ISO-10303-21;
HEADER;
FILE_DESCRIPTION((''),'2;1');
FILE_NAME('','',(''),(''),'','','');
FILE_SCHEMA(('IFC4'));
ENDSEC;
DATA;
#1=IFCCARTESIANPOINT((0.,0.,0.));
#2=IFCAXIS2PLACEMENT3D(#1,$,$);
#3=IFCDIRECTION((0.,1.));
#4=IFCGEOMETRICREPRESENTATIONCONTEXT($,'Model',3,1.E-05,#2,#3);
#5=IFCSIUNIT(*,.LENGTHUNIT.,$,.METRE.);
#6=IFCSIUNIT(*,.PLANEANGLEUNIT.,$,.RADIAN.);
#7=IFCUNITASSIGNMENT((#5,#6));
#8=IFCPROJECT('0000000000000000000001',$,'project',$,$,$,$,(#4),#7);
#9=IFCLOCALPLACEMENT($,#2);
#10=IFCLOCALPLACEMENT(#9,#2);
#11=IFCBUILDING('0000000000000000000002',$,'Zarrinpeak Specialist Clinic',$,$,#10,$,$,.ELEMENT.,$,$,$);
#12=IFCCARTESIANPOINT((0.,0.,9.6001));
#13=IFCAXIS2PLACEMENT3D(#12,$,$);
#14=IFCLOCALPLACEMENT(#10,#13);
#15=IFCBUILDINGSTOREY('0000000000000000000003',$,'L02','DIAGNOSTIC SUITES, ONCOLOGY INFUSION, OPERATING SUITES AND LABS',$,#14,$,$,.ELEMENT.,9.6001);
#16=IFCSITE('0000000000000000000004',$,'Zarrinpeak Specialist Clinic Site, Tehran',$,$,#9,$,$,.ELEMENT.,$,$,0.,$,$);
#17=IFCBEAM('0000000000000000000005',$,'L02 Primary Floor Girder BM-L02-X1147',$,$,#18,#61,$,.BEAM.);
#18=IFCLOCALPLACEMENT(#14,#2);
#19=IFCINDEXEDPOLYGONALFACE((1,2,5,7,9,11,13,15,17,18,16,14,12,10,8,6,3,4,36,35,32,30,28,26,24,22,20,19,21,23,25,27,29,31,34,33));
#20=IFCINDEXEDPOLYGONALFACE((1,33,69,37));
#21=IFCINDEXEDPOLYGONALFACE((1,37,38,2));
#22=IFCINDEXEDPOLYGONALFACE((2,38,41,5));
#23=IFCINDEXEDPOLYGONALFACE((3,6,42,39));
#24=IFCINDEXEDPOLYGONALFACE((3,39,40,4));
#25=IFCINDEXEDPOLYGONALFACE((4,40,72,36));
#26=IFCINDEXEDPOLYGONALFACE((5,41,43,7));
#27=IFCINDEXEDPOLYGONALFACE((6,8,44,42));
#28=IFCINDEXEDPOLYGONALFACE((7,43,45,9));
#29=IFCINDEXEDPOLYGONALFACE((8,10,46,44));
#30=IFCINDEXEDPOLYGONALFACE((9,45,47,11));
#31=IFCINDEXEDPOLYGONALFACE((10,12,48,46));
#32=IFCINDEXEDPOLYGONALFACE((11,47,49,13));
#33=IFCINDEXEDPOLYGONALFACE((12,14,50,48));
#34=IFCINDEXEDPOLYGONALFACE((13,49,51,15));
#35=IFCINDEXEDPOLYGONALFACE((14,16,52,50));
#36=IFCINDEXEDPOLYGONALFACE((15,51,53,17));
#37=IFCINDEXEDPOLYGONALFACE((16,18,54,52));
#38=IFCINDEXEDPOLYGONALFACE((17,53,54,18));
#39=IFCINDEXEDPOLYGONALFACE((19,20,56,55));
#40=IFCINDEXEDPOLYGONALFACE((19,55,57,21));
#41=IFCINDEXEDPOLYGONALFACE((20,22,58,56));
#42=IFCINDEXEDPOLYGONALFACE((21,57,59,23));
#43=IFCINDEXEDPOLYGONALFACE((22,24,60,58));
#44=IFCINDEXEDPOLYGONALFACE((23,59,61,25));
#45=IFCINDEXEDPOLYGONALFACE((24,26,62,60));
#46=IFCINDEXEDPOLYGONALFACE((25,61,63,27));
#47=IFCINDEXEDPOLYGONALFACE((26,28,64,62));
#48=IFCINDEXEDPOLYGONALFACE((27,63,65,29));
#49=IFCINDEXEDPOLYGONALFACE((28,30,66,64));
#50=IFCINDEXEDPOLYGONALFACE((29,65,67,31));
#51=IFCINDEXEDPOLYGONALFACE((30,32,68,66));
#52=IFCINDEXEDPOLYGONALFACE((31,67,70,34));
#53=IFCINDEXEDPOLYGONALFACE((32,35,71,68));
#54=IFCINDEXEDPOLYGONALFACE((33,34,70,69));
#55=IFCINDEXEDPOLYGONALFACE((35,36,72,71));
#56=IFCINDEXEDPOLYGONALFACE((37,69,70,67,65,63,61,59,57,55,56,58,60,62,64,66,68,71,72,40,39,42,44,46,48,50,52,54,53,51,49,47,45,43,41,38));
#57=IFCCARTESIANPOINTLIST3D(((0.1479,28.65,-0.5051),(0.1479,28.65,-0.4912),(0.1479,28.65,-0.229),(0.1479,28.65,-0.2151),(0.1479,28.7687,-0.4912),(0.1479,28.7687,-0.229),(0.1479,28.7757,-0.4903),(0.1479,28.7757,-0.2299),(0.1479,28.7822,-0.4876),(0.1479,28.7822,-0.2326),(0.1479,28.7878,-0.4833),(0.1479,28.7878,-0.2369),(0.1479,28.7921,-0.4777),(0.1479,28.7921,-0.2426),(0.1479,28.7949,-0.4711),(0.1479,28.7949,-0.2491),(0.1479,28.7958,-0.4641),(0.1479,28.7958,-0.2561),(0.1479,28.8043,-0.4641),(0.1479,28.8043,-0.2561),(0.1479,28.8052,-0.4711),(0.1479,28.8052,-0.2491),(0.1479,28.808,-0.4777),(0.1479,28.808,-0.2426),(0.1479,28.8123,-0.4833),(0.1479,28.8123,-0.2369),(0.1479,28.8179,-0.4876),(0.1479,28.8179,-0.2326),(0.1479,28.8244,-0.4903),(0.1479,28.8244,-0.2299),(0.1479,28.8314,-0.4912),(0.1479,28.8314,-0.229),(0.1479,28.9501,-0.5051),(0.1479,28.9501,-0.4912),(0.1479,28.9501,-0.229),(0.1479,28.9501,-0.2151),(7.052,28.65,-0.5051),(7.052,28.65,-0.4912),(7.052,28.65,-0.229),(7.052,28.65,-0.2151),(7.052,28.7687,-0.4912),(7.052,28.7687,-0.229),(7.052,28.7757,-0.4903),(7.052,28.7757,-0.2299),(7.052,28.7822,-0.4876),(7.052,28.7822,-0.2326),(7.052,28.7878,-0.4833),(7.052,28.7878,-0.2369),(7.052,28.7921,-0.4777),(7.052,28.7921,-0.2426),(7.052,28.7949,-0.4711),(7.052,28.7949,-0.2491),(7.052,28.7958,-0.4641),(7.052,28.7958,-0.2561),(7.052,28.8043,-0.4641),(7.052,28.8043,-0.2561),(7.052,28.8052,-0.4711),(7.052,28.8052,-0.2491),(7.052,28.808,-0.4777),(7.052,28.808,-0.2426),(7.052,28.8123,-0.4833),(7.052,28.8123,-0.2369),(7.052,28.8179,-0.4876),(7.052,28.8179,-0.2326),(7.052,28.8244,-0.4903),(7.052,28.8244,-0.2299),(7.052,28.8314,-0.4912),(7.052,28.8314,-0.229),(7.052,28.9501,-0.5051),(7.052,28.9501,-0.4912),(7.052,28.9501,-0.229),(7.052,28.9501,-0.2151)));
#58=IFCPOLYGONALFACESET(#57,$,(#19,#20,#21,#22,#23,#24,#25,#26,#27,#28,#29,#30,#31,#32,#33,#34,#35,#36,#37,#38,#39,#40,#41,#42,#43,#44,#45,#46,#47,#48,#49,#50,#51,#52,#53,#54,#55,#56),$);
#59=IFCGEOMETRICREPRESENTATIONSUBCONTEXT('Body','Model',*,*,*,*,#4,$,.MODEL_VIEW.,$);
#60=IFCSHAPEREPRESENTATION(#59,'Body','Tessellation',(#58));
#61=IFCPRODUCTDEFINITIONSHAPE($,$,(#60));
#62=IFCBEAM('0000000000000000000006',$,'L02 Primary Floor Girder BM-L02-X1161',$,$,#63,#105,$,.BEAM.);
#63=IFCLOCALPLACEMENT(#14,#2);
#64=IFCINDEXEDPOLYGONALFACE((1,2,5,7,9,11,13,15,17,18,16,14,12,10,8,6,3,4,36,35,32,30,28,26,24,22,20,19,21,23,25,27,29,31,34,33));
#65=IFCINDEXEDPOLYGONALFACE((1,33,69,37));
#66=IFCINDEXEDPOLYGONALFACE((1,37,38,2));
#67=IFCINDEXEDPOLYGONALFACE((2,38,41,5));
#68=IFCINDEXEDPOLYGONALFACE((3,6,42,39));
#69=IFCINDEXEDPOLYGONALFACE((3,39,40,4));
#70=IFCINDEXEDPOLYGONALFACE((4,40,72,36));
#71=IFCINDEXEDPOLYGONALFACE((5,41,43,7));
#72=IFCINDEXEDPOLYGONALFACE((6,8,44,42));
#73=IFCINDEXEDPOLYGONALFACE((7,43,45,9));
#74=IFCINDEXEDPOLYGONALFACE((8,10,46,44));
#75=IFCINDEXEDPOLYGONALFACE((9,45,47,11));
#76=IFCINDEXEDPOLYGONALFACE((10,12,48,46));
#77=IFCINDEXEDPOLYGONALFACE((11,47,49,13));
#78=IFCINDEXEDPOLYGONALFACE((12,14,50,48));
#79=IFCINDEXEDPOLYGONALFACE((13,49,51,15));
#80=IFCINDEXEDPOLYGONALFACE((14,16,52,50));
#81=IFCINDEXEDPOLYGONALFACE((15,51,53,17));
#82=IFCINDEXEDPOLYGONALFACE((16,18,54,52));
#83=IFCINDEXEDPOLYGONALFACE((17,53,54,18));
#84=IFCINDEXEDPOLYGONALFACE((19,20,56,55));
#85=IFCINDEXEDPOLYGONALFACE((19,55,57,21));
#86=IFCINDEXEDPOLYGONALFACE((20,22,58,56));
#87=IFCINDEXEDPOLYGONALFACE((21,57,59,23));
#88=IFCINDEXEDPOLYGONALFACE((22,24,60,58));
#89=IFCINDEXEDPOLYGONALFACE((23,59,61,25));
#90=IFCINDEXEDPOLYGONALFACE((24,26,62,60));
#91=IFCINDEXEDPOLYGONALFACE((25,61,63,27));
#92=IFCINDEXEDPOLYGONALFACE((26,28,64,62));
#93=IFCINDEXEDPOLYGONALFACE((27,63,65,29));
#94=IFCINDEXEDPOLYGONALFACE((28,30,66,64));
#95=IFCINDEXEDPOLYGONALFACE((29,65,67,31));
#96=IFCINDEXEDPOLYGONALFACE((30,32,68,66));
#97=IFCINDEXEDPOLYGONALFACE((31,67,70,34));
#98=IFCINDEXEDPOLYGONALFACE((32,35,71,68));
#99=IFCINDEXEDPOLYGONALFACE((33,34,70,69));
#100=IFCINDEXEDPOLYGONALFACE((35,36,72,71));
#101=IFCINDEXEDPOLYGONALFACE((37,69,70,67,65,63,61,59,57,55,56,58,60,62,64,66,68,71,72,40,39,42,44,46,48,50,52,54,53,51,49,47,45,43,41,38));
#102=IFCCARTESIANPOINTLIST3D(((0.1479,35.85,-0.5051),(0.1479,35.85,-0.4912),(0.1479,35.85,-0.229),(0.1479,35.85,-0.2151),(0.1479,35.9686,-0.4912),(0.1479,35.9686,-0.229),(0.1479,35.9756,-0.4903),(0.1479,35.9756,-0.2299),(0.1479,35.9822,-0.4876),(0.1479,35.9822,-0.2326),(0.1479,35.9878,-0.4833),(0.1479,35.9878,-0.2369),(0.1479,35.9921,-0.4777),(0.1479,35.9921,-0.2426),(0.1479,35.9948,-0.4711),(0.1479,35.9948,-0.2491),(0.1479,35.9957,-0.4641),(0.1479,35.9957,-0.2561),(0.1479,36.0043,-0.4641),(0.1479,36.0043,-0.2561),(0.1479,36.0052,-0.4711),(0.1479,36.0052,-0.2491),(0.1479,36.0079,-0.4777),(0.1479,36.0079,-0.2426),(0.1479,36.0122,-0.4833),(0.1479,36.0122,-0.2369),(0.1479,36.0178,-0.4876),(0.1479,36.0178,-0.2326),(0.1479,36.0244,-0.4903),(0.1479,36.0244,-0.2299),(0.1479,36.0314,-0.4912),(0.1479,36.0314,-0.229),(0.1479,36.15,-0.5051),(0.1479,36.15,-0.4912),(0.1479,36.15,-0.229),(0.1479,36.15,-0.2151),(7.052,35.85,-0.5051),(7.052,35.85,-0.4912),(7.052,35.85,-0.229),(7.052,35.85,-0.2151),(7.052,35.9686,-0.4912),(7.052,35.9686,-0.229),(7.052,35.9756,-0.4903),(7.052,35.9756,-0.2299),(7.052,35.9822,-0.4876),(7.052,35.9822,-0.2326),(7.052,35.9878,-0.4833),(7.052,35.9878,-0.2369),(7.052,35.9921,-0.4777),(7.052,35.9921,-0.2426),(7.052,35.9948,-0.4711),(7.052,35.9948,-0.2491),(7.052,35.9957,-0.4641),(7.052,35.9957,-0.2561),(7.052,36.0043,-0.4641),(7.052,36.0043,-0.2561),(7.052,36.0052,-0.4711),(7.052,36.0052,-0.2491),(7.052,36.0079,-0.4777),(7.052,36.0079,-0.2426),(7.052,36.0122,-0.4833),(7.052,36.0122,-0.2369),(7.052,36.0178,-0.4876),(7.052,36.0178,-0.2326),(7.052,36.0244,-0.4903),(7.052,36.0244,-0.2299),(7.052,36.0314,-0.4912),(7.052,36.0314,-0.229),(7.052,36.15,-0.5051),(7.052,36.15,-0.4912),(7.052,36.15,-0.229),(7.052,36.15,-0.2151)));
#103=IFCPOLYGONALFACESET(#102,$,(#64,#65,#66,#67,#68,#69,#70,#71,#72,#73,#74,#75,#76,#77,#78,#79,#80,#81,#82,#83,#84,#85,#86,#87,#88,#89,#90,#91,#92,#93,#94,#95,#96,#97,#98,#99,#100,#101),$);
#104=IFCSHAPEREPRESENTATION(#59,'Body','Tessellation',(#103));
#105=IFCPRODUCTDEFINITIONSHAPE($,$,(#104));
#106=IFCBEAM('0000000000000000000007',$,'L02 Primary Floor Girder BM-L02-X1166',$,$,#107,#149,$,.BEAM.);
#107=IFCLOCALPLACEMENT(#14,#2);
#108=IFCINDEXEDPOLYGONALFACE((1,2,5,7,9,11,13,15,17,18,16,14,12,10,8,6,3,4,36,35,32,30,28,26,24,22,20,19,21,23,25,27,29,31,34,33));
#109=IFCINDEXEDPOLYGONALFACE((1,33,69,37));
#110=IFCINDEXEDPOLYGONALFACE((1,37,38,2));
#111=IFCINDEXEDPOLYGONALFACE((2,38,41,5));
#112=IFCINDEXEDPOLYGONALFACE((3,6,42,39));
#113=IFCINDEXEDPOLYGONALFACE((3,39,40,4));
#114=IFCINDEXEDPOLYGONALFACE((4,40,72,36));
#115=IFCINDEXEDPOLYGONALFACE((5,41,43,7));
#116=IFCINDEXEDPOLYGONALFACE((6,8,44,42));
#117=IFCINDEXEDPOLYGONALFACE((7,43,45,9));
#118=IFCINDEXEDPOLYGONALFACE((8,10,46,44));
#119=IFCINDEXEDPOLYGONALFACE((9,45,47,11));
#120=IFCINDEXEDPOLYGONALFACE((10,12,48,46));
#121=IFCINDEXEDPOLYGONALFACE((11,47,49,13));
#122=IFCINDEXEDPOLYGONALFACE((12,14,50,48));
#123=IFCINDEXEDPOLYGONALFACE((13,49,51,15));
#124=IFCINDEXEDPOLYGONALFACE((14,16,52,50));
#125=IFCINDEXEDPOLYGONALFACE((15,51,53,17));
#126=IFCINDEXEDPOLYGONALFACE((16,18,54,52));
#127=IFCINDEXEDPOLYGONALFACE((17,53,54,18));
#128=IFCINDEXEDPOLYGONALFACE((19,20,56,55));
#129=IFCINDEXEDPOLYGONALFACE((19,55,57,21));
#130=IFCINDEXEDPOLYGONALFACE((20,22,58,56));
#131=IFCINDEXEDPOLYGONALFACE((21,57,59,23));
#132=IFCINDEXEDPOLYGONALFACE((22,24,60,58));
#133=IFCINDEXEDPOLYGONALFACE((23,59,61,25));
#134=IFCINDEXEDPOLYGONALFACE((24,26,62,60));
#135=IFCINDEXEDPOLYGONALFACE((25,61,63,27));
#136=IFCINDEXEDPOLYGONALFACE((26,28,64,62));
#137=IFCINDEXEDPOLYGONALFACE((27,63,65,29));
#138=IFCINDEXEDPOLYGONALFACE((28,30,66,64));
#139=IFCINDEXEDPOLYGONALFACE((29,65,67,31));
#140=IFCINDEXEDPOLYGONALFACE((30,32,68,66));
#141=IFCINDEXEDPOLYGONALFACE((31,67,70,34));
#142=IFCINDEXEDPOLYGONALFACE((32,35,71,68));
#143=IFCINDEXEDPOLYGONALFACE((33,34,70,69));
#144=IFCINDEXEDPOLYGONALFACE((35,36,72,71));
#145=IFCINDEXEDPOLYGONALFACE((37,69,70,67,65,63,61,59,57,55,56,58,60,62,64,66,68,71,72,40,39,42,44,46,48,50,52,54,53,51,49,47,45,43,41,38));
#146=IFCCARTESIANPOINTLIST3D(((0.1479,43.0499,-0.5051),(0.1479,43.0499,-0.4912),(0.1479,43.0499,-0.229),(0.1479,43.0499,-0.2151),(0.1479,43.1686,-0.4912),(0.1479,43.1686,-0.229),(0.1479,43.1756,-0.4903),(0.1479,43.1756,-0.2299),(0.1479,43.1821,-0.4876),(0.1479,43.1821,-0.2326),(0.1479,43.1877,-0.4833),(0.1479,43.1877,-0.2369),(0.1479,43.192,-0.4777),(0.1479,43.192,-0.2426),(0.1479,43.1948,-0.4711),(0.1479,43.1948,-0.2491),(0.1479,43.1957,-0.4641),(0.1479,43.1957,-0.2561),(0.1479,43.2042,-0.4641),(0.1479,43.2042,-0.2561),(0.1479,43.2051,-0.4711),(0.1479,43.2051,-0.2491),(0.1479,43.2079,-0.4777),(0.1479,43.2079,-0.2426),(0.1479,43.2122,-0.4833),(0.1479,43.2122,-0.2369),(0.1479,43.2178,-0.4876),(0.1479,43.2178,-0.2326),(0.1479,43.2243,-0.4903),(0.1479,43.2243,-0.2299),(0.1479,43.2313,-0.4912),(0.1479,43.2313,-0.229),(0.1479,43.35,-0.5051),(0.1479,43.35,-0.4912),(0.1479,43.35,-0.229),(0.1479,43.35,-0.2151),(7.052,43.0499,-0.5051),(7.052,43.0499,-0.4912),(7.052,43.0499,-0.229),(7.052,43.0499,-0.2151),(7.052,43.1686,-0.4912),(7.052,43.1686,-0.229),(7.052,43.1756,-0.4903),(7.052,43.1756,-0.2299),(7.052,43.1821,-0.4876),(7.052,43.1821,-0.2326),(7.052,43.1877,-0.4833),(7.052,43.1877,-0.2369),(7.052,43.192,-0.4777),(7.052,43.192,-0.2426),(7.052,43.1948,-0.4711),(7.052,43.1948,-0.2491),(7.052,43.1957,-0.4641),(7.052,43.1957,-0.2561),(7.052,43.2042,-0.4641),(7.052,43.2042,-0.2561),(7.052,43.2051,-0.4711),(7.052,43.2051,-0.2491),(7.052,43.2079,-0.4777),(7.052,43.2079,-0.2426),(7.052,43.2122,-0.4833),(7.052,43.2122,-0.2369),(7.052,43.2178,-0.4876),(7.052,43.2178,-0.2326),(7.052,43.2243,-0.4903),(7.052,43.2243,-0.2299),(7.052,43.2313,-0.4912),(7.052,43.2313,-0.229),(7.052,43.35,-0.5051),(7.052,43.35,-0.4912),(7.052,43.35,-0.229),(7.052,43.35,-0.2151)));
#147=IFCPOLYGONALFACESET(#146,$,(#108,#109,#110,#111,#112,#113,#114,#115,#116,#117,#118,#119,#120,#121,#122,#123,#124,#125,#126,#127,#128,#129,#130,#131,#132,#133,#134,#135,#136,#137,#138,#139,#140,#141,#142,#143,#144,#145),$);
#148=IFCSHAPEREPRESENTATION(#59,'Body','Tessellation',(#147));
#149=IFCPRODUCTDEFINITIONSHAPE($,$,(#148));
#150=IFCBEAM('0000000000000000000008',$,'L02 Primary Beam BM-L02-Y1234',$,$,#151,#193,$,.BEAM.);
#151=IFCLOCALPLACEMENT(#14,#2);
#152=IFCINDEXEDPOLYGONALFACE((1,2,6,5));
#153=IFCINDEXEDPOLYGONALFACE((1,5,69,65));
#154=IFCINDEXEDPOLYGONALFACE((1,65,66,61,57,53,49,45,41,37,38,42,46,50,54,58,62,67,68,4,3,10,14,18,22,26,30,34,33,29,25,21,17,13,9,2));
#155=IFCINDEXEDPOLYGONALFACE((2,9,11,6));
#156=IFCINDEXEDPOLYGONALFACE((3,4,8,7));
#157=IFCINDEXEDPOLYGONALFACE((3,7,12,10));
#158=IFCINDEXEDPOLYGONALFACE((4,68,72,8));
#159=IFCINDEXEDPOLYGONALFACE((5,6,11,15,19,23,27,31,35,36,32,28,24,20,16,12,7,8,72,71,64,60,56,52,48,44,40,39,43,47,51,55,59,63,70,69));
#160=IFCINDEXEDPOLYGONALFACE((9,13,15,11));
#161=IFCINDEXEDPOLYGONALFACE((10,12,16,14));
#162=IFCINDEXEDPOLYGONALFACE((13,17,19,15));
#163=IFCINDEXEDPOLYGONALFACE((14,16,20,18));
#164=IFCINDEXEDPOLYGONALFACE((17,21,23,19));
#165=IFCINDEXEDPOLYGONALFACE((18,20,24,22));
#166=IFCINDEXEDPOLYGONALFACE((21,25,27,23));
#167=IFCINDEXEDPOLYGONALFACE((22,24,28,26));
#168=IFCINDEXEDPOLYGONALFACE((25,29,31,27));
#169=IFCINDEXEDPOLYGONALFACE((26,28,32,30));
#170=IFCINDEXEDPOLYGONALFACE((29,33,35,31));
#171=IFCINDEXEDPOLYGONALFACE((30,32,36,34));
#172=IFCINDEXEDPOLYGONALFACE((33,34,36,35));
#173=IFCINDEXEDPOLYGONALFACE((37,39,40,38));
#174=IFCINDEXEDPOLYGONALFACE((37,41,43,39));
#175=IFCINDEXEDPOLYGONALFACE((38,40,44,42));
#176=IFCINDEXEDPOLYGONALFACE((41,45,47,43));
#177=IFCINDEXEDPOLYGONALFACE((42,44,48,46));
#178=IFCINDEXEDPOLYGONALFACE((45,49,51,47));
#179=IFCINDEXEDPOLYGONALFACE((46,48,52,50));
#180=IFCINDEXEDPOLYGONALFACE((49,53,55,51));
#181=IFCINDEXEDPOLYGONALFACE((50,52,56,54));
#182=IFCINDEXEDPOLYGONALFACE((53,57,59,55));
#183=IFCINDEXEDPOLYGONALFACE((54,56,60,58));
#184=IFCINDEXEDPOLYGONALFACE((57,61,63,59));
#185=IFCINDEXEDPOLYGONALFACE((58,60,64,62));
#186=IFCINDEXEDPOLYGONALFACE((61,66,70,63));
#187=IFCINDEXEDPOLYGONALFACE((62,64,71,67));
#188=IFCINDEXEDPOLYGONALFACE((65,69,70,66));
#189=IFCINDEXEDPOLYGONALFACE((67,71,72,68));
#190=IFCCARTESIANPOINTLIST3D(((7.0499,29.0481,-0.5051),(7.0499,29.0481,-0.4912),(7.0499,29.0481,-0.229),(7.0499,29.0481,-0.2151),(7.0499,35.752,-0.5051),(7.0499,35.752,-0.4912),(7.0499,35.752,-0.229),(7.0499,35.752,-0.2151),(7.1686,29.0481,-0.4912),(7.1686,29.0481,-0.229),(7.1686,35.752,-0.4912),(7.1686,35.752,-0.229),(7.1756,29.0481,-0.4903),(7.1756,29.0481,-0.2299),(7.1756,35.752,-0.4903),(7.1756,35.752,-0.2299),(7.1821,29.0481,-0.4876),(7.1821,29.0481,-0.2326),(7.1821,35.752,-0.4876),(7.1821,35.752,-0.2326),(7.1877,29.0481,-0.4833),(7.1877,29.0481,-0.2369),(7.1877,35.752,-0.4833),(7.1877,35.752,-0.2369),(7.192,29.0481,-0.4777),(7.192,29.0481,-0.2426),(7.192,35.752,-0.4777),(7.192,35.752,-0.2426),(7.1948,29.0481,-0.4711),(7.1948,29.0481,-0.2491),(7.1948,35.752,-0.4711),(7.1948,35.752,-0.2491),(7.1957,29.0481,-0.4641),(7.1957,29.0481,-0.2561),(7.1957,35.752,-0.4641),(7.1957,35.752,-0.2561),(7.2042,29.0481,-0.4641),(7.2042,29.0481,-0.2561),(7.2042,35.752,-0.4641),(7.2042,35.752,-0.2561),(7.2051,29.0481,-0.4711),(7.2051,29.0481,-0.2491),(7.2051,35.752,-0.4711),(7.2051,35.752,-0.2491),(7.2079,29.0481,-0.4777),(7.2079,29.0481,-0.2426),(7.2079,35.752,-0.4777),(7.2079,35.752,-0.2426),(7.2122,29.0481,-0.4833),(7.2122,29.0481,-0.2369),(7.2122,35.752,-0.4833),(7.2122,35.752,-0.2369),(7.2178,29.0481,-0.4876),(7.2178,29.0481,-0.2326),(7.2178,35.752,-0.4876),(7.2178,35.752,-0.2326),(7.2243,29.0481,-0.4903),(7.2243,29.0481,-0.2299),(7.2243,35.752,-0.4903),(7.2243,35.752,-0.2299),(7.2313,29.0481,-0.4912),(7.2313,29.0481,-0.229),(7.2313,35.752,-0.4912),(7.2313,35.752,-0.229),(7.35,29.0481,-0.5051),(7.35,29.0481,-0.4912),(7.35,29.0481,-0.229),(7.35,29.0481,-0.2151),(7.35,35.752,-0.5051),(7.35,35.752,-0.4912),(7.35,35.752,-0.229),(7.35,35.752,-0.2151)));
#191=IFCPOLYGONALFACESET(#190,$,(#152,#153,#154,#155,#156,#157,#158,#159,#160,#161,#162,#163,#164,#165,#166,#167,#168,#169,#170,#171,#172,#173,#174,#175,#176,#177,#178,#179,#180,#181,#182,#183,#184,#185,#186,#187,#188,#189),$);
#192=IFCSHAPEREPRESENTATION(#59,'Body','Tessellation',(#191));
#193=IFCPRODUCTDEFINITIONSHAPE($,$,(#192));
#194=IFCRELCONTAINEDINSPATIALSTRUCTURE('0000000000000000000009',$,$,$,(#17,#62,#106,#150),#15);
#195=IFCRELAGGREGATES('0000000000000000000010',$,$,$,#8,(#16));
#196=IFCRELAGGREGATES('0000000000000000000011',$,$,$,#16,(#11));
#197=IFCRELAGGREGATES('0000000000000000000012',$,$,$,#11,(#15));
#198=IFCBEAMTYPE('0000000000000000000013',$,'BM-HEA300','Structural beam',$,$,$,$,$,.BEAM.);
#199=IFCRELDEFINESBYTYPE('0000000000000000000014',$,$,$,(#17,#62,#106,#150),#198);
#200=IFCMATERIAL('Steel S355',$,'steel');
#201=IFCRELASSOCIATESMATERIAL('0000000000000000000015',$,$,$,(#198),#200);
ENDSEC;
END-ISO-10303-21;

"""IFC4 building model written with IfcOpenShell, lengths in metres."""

from ifc_helpers import new_model, si_unit, direction, frame, origin, origin_2d, place, context, subcontext, project, spatial, i_section, extrude, material, material_profile, profile_set, type_object, element, save


model = new_model("IFC4")

# Units and contexts
model_context = context("Model", 3, precision=1e-05, world=origin(), true_north=direction((0.0, 1.0)))
body_context = subcontext(model_context, "Body", "Model", "MODEL_VIEW")
ifc_project = project(units=[si_unit("LENGTHUNIT", "METRE"), si_unit("PLANEANGLEUNIT", "RADIAN")], contexts=[model_context])

# Site, building, storey
site_placement = place(None, origin())
site = spatial("IfcSite", under=ifc_project, at=site_placement, Name="Zarrinpeak Specialist Clinic Site, Tehran", CompositionType="ELEMENT", RefElevation=0.0)
building_placement = place(site_placement, origin())
building = spatial("IfcBuilding", under=site, at=building_placement, Name="Zarrinpeak Specialist Clinic", CompositionType="ELEMENT")
storey_placement = place(building_placement, frame((0.0, 0.0, 9.6001)))
storey = spatial("IfcBuildingStorey", under=building, at=storey_placement, Name="L02", Description="DIAGNOSTIC SUITES, ONCOLOGY INFUSION, OPERATING SUITES AND LABS", CompositionType="ELEMENT", Elevation=9.6001)

# Shared definitions
ifc_material_1 = material(Name="Steel S355", Category="steel")

# Beams
ifc_material_profile_1 = material_profile(ifc_material_1, i_section(OverallWidth=0.3, OverallDepth=0.29, WebThickness=0.0085, FlangeThickness=0.0139, FilletRadius=0.0271, at=origin_2d()), Name="HEA 300")
ifc_profile_set_1 = profile_set([ifc_material_profile_1], Name="Steel S355")
beam_type_1 = type_object("IfcBeamType", Name="BM-HEA300", Description="Structural beam", PredefinedType="BEAM", material=ifc_profile_set_1)
for number, where, z_axis, x_axis, name in (
    (1, (0.1479, 28.8, -0.3601), (1.0, 0.0, 0.0), (0.0, 1.0, 0.0), "L02 Primary Floor Girder BM-L02-X1147"),
    (2, (0.1479, 36.0, -0.3601), (1.0, 0.0, 0.0), (0.0, 1.0, 0.0), "L02 Primary Floor Girder BM-L02-X1161"),
    (3, (0.1479, 43.2, -0.3601), (1.0, 0.0, 0.0), (0.0, 1.0, 0.0), "L02 Primary Floor Girder BM-L02-X1166"),
):
    element("IfcBeam", number, at=place(storey_placement, frame(where, z_axis=z_axis, x_axis=x_axis)), inside=storey, type_object=beam_type_1, Name=name, PredefinedType="BEAM", context=body_context, shape_type="SweptSolid", body=[
        extrude(i_section(OverallWidth=0.3, OverallDepth=0.29, WebThickness=0.0085, FlangeThickness=0.0139, FilletRadius=0.0271, at=origin_2d()), origin(), (0.0, 0.0, 1.0), 6.9041),
    ])
beam_1_placement = place(storey_placement, frame((7.2, 29.0481, -0.3601), z_axis=(0.0, 1.0, 0.0), x_axis=(-1.0, 0.0, 0.0)))
element("IfcBeam", 4, at=beam_1_placement, inside=storey, type_object=beam_type_1, Name="L02 Primary Beam BM-L02-Y1234", PredefinedType="BEAM", context=body_context, shape_type="SweptSolid", body=[
    extrude(i_section(OverallWidth=0.3, OverallDepth=0.29, WebThickness=0.0085, FlangeThickness=0.0139, FilletRadius=0.0271, at=origin_2d()), origin(), (0.0, 0.0, 1.0), 6.7039),
])

save(model, "model.ifc")
